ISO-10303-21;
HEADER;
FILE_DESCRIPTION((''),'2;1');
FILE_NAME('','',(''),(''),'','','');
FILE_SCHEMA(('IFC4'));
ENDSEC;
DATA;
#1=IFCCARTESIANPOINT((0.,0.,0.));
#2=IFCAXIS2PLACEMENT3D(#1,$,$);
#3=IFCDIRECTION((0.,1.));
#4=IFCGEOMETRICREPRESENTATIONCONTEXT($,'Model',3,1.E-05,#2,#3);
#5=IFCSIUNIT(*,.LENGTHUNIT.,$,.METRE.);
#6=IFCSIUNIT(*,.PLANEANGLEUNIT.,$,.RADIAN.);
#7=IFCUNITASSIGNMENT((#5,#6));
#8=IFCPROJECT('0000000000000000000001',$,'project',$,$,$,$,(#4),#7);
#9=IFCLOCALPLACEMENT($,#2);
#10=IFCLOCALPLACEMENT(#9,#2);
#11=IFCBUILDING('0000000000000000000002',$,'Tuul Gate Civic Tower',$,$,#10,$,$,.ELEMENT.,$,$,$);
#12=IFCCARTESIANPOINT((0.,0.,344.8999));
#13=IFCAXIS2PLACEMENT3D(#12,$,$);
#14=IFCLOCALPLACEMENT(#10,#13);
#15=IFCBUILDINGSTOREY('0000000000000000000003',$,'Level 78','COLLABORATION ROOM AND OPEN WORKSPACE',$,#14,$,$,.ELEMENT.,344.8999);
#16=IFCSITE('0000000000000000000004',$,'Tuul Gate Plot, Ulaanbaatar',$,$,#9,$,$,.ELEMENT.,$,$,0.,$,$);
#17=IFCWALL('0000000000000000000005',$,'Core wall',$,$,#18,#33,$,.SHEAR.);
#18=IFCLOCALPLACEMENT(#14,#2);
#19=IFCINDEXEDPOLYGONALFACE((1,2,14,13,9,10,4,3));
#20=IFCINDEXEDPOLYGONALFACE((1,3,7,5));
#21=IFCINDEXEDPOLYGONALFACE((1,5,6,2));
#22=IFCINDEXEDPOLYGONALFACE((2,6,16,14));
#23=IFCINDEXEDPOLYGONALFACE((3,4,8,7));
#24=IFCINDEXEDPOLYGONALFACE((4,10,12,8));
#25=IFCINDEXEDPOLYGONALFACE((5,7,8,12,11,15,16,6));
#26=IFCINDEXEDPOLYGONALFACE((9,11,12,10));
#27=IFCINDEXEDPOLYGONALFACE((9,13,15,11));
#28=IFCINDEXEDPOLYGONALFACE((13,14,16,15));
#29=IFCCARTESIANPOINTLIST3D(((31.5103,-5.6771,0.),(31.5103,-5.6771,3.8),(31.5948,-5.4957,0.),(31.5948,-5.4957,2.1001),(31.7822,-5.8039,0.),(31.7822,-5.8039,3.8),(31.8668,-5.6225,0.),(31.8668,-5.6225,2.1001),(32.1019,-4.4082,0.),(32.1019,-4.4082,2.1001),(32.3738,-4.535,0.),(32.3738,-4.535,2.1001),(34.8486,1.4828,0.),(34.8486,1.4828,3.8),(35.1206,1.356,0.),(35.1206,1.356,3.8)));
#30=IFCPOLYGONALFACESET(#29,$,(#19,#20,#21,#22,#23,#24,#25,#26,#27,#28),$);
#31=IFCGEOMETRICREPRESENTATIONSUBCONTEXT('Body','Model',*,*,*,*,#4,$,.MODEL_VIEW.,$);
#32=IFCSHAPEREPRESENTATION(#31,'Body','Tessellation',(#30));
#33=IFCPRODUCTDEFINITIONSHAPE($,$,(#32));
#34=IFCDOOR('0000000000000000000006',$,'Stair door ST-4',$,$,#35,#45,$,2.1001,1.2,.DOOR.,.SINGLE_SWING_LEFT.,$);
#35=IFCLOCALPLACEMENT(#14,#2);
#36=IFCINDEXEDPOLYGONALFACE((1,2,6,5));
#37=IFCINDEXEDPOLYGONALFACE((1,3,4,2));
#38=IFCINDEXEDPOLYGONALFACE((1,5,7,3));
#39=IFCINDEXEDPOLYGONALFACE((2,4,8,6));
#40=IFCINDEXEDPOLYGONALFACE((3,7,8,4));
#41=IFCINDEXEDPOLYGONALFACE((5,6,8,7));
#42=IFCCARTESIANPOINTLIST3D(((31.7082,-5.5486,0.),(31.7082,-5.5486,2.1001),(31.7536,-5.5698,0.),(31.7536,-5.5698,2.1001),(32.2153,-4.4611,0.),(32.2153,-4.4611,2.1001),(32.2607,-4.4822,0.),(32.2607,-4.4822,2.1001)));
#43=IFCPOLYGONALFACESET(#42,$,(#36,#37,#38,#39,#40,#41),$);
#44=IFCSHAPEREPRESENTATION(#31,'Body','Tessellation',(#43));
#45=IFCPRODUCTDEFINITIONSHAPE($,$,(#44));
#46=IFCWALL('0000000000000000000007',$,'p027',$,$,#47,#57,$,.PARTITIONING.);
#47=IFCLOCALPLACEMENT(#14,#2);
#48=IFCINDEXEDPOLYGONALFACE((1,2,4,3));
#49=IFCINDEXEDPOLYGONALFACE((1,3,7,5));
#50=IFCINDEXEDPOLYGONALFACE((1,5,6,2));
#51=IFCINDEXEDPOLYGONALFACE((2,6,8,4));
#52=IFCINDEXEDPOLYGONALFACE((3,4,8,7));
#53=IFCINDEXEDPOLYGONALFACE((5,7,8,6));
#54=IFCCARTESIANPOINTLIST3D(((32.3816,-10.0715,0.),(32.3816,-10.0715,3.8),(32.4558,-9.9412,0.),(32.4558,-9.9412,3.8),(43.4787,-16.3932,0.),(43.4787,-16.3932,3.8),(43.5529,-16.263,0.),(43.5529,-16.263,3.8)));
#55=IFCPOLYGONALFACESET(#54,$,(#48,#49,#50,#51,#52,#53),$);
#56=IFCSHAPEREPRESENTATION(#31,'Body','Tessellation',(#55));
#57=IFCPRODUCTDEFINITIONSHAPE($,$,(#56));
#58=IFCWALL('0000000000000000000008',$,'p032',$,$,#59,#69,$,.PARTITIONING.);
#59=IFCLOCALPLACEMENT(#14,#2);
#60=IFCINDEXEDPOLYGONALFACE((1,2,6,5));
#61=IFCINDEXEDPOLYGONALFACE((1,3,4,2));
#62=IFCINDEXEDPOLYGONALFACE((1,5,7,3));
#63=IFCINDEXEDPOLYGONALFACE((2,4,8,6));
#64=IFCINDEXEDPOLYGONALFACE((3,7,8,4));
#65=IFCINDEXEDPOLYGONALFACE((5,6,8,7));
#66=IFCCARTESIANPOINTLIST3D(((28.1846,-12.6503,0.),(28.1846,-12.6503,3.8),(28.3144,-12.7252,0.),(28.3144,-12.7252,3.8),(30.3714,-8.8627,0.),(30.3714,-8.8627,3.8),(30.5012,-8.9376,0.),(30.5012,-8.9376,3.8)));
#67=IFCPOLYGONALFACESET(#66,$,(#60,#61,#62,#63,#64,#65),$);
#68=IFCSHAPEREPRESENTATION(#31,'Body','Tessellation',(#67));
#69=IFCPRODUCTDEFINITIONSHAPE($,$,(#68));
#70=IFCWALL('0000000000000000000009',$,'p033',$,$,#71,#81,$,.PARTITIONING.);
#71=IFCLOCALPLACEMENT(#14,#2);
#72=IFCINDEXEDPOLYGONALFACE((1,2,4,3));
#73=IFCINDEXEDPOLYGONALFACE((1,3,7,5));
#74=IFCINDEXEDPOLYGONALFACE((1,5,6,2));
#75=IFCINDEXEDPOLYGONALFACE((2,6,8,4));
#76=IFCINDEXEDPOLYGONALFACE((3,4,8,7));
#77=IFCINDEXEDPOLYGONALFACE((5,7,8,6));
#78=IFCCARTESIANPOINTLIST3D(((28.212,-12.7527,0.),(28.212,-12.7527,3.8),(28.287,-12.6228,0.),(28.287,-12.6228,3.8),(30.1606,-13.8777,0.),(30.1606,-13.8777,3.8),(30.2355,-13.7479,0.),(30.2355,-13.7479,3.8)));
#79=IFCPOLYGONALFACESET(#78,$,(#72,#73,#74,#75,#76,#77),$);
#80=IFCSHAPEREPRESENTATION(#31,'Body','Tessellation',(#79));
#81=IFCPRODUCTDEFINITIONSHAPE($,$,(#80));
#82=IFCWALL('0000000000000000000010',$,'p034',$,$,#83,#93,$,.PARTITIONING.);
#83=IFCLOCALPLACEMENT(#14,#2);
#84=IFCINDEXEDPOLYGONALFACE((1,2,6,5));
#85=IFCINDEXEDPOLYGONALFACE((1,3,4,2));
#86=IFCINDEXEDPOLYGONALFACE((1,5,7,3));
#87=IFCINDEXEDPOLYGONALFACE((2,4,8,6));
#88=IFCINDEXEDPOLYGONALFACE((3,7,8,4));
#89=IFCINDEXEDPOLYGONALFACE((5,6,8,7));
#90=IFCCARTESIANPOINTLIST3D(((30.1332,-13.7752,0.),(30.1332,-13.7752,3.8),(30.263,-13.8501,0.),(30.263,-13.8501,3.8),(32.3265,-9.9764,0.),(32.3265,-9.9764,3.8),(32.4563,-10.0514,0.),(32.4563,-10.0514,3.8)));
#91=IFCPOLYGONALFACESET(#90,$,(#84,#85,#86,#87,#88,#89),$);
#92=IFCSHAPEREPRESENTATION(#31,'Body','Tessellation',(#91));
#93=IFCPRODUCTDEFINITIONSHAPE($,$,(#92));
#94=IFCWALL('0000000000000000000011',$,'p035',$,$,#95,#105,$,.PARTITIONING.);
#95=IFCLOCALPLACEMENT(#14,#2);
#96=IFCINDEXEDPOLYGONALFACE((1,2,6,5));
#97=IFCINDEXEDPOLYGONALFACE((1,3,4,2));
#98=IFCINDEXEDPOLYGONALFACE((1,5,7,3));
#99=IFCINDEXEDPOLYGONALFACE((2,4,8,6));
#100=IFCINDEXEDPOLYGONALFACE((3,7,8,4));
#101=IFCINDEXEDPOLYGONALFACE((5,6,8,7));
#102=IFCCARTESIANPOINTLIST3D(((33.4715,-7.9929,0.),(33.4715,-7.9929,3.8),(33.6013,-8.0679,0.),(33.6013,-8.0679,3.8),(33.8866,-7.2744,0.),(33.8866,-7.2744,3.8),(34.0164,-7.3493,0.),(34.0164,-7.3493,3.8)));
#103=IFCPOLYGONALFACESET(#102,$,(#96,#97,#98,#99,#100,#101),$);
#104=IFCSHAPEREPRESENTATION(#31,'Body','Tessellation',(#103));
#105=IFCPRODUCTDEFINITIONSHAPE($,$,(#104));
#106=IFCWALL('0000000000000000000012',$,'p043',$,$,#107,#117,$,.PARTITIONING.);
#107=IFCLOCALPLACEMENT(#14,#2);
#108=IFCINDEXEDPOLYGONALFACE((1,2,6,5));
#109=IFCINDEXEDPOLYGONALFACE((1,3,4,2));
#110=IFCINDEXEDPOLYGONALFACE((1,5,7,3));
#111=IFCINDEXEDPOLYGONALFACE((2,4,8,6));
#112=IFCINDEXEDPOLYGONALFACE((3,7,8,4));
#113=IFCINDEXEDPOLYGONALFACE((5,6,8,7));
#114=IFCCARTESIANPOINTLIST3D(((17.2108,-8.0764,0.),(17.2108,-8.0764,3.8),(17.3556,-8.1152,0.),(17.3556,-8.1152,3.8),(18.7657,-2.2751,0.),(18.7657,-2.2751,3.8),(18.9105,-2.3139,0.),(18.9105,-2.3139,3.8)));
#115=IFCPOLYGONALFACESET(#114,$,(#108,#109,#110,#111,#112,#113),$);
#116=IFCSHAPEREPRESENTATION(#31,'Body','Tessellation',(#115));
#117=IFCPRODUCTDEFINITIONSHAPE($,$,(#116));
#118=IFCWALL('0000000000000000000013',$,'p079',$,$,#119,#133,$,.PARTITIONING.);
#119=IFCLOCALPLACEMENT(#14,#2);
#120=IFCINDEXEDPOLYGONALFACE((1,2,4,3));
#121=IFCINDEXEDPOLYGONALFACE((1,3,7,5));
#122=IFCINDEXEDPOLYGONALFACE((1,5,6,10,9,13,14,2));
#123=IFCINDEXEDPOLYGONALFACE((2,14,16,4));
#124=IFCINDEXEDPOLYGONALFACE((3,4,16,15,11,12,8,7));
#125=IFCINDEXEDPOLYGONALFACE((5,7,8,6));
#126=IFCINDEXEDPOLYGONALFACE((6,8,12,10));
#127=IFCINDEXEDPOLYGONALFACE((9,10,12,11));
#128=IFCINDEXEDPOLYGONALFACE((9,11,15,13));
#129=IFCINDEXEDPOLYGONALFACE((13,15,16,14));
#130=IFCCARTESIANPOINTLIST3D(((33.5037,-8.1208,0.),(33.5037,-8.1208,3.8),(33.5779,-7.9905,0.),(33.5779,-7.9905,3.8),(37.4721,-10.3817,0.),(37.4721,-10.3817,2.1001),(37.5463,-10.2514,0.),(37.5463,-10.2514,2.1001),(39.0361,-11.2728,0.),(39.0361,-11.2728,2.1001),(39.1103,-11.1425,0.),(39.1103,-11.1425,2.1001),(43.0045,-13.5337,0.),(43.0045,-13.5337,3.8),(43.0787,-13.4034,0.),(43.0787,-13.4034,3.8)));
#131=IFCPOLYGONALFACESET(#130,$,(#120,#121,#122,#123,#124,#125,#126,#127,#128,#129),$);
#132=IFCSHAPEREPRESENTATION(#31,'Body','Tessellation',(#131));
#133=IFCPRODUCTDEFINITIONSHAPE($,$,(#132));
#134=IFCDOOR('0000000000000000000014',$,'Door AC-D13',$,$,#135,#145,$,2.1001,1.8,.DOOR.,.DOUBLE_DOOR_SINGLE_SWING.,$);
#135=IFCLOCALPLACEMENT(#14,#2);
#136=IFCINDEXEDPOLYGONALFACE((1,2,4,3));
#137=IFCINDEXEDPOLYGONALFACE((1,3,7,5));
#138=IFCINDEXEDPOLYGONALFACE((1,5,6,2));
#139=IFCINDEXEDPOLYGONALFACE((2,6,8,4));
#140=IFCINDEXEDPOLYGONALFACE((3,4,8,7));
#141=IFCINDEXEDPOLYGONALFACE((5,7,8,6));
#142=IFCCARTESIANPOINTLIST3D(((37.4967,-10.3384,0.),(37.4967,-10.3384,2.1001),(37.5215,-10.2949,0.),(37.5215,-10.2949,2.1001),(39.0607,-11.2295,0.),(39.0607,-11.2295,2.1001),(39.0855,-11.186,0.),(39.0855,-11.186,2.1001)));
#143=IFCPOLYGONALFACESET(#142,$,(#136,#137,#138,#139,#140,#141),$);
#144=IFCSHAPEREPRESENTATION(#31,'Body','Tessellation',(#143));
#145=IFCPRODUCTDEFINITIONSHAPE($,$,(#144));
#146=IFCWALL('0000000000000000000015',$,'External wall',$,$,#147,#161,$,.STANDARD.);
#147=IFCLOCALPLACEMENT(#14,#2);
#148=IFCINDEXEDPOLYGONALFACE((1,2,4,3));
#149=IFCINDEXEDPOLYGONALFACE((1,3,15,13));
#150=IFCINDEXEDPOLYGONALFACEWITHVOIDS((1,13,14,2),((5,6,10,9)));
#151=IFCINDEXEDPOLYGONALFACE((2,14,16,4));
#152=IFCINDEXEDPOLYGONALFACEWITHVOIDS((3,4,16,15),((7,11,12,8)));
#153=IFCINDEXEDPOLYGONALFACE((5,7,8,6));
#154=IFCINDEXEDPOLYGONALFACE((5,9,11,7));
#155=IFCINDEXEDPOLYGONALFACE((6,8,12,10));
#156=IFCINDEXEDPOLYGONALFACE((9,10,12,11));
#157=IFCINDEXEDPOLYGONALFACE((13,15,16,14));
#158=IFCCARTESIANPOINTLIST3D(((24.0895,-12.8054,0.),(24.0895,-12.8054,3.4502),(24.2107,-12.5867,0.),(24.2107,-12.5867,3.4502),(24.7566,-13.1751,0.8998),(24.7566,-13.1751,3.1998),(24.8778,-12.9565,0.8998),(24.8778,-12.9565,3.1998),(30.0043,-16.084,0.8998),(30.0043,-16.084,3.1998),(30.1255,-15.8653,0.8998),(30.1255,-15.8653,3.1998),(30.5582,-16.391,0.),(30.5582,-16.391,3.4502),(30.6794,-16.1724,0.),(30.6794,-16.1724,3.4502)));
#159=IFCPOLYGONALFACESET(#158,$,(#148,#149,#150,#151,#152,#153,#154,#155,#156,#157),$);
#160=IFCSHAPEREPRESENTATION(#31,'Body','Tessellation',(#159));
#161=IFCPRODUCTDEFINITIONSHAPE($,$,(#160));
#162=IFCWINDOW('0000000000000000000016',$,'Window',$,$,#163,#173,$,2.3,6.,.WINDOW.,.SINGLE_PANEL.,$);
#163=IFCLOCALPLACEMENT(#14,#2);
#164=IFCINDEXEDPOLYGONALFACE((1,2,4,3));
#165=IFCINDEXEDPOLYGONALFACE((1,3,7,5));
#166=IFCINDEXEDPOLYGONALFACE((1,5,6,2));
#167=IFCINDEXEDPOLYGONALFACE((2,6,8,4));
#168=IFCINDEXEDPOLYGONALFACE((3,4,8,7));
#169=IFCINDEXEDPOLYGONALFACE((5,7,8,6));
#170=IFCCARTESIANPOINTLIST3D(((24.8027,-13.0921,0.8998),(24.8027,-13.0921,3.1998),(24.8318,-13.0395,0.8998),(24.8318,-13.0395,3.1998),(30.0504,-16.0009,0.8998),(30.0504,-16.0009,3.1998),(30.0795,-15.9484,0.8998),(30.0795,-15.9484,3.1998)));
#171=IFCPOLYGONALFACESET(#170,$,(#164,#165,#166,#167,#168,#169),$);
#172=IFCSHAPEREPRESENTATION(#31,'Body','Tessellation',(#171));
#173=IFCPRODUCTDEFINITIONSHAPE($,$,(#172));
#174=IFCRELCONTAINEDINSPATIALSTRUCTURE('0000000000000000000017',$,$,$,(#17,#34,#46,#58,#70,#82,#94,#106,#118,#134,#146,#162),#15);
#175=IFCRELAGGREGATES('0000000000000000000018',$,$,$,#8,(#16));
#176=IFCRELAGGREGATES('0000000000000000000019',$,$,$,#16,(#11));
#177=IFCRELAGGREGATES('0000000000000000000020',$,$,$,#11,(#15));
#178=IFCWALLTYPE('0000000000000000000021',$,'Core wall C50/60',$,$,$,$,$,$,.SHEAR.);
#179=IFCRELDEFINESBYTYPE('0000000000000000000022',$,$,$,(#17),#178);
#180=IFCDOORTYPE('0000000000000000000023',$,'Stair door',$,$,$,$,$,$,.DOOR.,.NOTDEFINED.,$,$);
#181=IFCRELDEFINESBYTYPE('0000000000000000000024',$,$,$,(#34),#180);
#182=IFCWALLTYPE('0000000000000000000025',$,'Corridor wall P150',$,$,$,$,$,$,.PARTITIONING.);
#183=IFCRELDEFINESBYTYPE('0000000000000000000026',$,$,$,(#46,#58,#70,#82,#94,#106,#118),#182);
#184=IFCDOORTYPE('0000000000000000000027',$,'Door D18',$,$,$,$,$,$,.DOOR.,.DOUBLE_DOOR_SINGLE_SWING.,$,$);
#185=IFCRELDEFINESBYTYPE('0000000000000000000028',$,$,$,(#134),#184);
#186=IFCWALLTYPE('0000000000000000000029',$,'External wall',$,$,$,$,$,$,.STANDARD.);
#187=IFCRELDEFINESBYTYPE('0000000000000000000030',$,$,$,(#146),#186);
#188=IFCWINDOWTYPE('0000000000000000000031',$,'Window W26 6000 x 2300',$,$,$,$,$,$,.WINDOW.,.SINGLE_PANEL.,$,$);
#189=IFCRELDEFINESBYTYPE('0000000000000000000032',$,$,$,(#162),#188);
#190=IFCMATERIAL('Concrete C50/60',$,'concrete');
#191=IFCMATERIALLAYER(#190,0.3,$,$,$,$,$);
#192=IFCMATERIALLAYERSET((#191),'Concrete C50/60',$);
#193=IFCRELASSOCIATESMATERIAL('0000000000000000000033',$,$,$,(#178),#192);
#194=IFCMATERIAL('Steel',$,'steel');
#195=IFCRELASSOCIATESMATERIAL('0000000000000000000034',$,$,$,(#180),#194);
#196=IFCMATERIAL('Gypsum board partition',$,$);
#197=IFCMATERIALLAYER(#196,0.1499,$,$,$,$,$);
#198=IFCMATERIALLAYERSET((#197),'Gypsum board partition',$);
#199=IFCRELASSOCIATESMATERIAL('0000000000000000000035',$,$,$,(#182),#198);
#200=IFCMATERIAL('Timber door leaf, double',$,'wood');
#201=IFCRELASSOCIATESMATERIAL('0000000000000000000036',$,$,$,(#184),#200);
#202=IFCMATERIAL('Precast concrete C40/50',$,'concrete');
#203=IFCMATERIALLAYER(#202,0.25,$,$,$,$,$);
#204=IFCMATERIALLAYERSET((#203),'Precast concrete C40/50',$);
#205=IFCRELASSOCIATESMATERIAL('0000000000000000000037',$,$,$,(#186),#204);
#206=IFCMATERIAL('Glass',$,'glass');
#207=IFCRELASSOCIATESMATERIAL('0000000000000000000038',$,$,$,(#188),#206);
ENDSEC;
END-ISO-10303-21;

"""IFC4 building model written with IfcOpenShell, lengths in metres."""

from ifc_helpers import new_model, si_unit, direction, frame, frame_2d, origin, place, context, subcontext, project, spatial, rectangle, extrude, material, layer, layer_set, type_object, element, fill, save


model = new_model("IFC4")

# Units and contexts
model_context = context("Model", 3, precision=1e-05, world=origin(), true_north=direction((0.0, 1.0)))
body_context = subcontext(model_context, "Body", "Model", "MODEL_VIEW")
ifc_project = project(units=[si_unit("LENGTHUNIT", "METRE"), si_unit("PLANEANGLEUNIT", "RADIAN")], contexts=[model_context])

# Site, building, storey
site_placement = place(None, origin())
site = spatial("IfcSite", under=ifc_project, at=site_placement, Name="Tuul Gate Plot, Ulaanbaatar", CompositionType="ELEMENT", RefElevation=0.0)
building_placement = place(site_placement, origin())
building = spatial("IfcBuilding", under=site, at=building_placement, Name="Tuul Gate Civic Tower", CompositionType="ELEMENT")
storey_placement = place(building_placement, frame((0.0, 0.0, 344.8999)))
storey = spatial("IfcBuildingStorey", under=building, at=storey_placement, Name="Level 78", Description="COLLABORATION ROOM AND OPEN WORKSPACE", CompositionType="ELEMENT", Elevation=344.8999)

# Wall, opening, door
ifc_material_1 = material(Name="Concrete C50/60", Category="concrete")
ifc_layer_1 = layer(ifc_material_1, 0.3)
ifc_layer_set_1 = layer_set([ifc_layer_1], Name="Concrete C50/60")
wall_type_1 = type_object("IfcWallType", Name="Core wall C50/60", PredefinedType="SHEAR", material=ifc_layer_set_1)
wall_1_placement = place(storey_placement, frame((31.6462, -5.7405, 0.0), z_axis=(0.0, 0.0, 1.0), x_axis=(0.422583, 0.906324, 0.0)))
wall_1 = element("IfcWall", 1, at=wall_1_placement, inside=storey, type_object=wall_type_1, Name="Core wall", PredefinedType="SHEAR", context=body_context, shape_type="SweptSolid", body=[
    extrude(rectangle(XDim=7.8999, YDim=0.3, at=frame_2d((3.95, 0.0))), origin(), (0.0, 0.0, 1.0), 3.8),
])
opening_1_placement = place(wall_1_placement, frame((0.2, 0.0, 0.0)))
opening_1 = element("IfcOpeningElement", 2, at=opening_1_placement, cuts=wall_1, PredefinedType="OPENING", context=body_context, shape_type="SweptSolid", body=[
    extrude(rectangle(XDim=1.2, YDim=2.1001, at=frame_2d((0.6001, 1.05))), frame((0.0, 0.1602, 0.0), z_axis=(0.0, -1.0, 0.0), x_axis=(1.0, 0.0, 0.0)), (0.0, 0.0, 1.0), 0.3201),
])
ifc_material_2 = material(Name="Steel", Category="steel")
door_type_1 = type_object("IfcDoorType", Name="Stair door", OperationType="NOTDEFINED", PredefinedType="DOOR", material=ifc_material_2)
door_1_placement = place(opening_1_placement, origin())
door_1 = element("IfcDoor", 3, at=door_1_placement, inside=storey, type_object=door_type_1, Name="Stair door ST-4", OperationType="SINGLE_SWING_LEFT", OverallHeight=2.1001, OverallWidth=1.2, PredefinedType="DOOR", context=body_context, shape_type="SweptSolid", body=[
    extrude(rectangle(XDim=1.2, YDim=2.1001, at=frame_2d((0.6001, 1.05))), frame((0.0, 0.0249, 0.0), z_axis=(0.0, -1.0, 0.0), x_axis=(1.0, 0.0, 0.0)), (0.0, 0.0, 1.0), 0.05),
])
fill(opening_1, door_1)

# Walls
ifc_material_3 = material(Name="Gypsum board partition")
ifc_layer_2 = layer(ifc_material_3, 0.1499)
ifc_layer_set_2 = layer_set([ifc_layer_2], Name="Gypsum board partition")
wall_type_2 = type_object("IfcWallType", Name="Corridor wall P150", PredefinedType="PARTITIONING", material=ifc_layer_set_2)
wall_2_placement = place(storey_placement, frame((32.4187, -10.0063, 0.0), z_axis=(0.0, 0.0, 1.0), x_axis=(0.868899, -0.49499, 0.0)))
element("IfcWall", 4, at=wall_2_placement, inside=storey, type_object=wall_type_2, Name="p027", PredefinedType="PARTITIONING", context=body_context, shape_type="SweptSolid", body=[
    extrude(rectangle(XDim=12.7715, YDim=0.1499, at=frame_2d((6.3857, 0.0))), origin(), (0.0, 0.0, 1.0), 3.8),
])
wall_3_placement = place(storey_placement, frame((28.2495, -12.6877, 0.0), z_axis=(0.0, 0.0, 1.0), x_axis=(0.499999, 0.866026, 0.0)))
element("IfcWall", 5, at=wall_3_placement, inside=storey, type_object=wall_type_2, Name="p032", PredefinedType="PARTITIONING", context=body_context, shape_type="SweptSolid", body=[
    extrude(rectangle(XDim=4.3735, YDim=0.1499, at=frame_2d((2.1868, 0.0))), origin(), (0.0, 0.0, 1.0), 3.8),
])
wall_4_placement = place(storey_placement, frame((28.2495, -12.6877, 0.0), z_axis=(0.0, 0.0, 1.0), x_axis=(0.866018, -0.500014, 0.0)))
element("IfcWall", 6, at=wall_4_placement, inside=storey, type_object=wall_type_2, Name="p033", PredefinedType="PARTITIONING", context=body_context, shape_type="SweptSolid", body=[
    extrude(rectangle(XDim=2.25, YDim=0.1499, at=frame_2d((1.125, 0.0))), origin(), (0.0, 0.0, 1.0), 3.8),
])
wall_5_placement = place(storey_placement, frame((30.198, -13.8127, 0.0), z_axis=(0.0, 0.0, 1.0), x_axis=(0.500018, 0.866015, 0.0)))
element("IfcWall", 7, at=wall_5_placement, inside=storey, type_object=wall_type_2, Name="p034", PredefinedType="PARTITIONING", context=body_context, shape_type="SweptSolid", body=[
    extrude(rectangle(XDim=4.3865, YDim=0.1499, at=frame_2d((2.1934, 0.0))), origin(), (0.0, 0.0, 1.0), 3.8),
])
wall_6_placement = place(storey_placement, frame((33.5364, -8.0305, 0.0), z_axis=(0.0, 0.0, 1.0), x_axis=(0.500189, 0.865916, 0.0)))
element("IfcWall", 8, at=wall_6_placement, inside=storey, type_object=wall_type_2, Name="p035", PredefinedType="PARTITIONING", context=body_context, shape_type="SweptSolid", body=[
    extrude(rectangle(XDim=0.8298, YDim=0.1499, at=frame_2d((0.415, 0.0))), origin(), (0.0, 0.0, 1.0), 3.8),
])
wall_7_placement = place(storey_placement, frame((17.2832, -8.0957, 0.0), z_axis=(0.0, 0.0, 1.0), x_axis=(0.258895, 0.965906, 0.0)))
element("IfcWall", 9, at=wall_7_placement, inside=storey, type_object=wall_type_2, Name="p043", PredefinedType="PARTITIONING", context=body_context, shape_type="SweptSolid", body=[
    extrude(rectangle(XDim=6.0061, YDim=0.1499, at=frame_2d((3.0029, 0.0))), origin(), (0.0, 0.0, 1.0), 3.8),
])

# Wall, opening, door
wall_8_placement = place(storey_placement, frame((33.5408, -8.0557, 0.0), z_axis=(0.0, 0.0, 1.0), x_axis=(0.868879, -0.495025, 0.0)))
wall_8 = element("IfcWall", 10, at=wall_8_placement, inside=storey, type_object=wall_type_2, Name="p079", PredefinedType="PARTITIONING", context=body_context, shape_type="SweptSolid", body=[
    extrude(rectangle(XDim=10.9346, YDim=0.1499, at=frame_2d((5.4673, 0.0))), origin(), (0.0, 0.0, 1.0), 3.8),
])
opening_2_placement = place(wall_8_placement, frame((4.5674, 0.0, 0.0)))
opening_2 = element("IfcOpeningElement", 11, at=opening_2_placement, cuts=wall_8, PredefinedType="OPENING", context=body_context, shape_type="SweptSolid", body=[
    extrude(rectangle(XDim=1.8, YDim=2.1001, at=frame_2d((0.8999, 1.05))), frame((0.0, 0.085, 0.0), z_axis=(0.0, -1.0, 0.0), x_axis=(1.0, 0.0, 0.0)), (0.0, 0.0, 1.0), 0.1699),
])
ifc_material_4 = material(Name="Timber door leaf, double", Category="wood")
door_type_2 = type_object("IfcDoorType", Name="Door D18", OperationType="DOUBLE_DOOR_SINGLE_SWING", PredefinedType="DOOR", material=ifc_material_4)
door_2_placement = place(opening_2_placement, origin())
door_2 = element("IfcDoor", 12, at=door_2_placement, inside=storey, type_object=door_type_2, Name="Door AC-D13", OperationType="DOUBLE_DOOR_SINGLE_SWING", OverallHeight=2.1001, OverallWidth=1.8, PredefinedType="DOOR", context=body_context, shape_type="SweptSolid", body=[
    extrude(rectangle(XDim=1.8, YDim=2.1001, at=frame_2d((0.8999, 1.05))), frame((0.0, 0.0249, 0.0), z_axis=(0.0, -1.0, 0.0), x_axis=(1.0, 0.0, 0.0)), (0.0, 0.0, 1.0), 0.05),
])
fill(opening_2, door_2)

# Wall, opening, window
ifc_material_5 = material(Name="Precast concrete C40/50", Category="concrete")
ifc_layer_3 = layer(ifc_material_5, 0.25)
ifc_layer_set_3 = layer_set([ifc_layer_3], Name="Precast concrete C40/50")
wall_type_3 = type_object("IfcWallType", Name="External wall", PredefinedType="STANDARD", material=ifc_layer_set_3)
wall_9_placement = place(storey_placement, frame((24.1501, -12.696, 0.0), z_axis=(0.0, 0.0, 1.0), x_axis=(0.874619, -0.48481, 0.0)))
wall_9 = element("IfcWall", 13, at=wall_9_placement, inside=storey, type_object=wall_type_3, Name="External wall", PredefinedType="STANDARD", context=body_context, shape_type="SweptSolid", body=[
    extrude(rectangle(XDim=7.396, YDim=0.25, at=frame_2d((3.698, 0.0))), origin(), (0.0, 0.0, 1.0), 3.4502),
])
opening_3_placement = place(wall_9_placement, frame((0.7627, 0.0, 0.8999)))
opening_3 = element("IfcOpeningElement", 14, at=opening_3_placement, cuts=wall_9, PredefinedType="OPENING", context=body_context, shape_type="SweptSolid", body=[
    extrude(rectangle(XDim=6.0, YDim=2.3, at=frame_2d((3.0, 1.1499))), frame((0.0, 0.135, 0.0), z_axis=(0.0, -1.0, 0.0), x_axis=(1.0, 0.0, 0.0)), (0.0, 0.0, 1.0), 0.27),
])
ifc_material_6 = material(Name="Glass", Category="glass")
window_type = type_object("IfcWindowType", Name="Window W26 6000 x 2300", PartitioningType="SINGLE_PANEL", PredefinedType="WINDOW", material=ifc_material_6)
window_1_placement = place(opening_3_placement, origin())
window_1 = element("IfcWindow", 15, at=window_1_placement, inside=storey, type_object=window_type, Name="Window", OverallHeight=2.3, OverallWidth=6.0, PartitioningType="SINGLE_PANEL", PredefinedType="WINDOW", context=body_context, shape_type="SweptSolid", body=[
    extrude(rectangle(XDim=6.0, YDim=2.3, at=frame_2d((3.0, 1.1499))), frame((0.0, 0.03, 0.0), z_axis=(0.0, -1.0, 0.0), x_axis=(1.0, 0.0, 0.0)), (0.0, 0.0, 1.0), 0.0601),
])
fill(opening_3, window_1)

save(model, "model.ifc")
